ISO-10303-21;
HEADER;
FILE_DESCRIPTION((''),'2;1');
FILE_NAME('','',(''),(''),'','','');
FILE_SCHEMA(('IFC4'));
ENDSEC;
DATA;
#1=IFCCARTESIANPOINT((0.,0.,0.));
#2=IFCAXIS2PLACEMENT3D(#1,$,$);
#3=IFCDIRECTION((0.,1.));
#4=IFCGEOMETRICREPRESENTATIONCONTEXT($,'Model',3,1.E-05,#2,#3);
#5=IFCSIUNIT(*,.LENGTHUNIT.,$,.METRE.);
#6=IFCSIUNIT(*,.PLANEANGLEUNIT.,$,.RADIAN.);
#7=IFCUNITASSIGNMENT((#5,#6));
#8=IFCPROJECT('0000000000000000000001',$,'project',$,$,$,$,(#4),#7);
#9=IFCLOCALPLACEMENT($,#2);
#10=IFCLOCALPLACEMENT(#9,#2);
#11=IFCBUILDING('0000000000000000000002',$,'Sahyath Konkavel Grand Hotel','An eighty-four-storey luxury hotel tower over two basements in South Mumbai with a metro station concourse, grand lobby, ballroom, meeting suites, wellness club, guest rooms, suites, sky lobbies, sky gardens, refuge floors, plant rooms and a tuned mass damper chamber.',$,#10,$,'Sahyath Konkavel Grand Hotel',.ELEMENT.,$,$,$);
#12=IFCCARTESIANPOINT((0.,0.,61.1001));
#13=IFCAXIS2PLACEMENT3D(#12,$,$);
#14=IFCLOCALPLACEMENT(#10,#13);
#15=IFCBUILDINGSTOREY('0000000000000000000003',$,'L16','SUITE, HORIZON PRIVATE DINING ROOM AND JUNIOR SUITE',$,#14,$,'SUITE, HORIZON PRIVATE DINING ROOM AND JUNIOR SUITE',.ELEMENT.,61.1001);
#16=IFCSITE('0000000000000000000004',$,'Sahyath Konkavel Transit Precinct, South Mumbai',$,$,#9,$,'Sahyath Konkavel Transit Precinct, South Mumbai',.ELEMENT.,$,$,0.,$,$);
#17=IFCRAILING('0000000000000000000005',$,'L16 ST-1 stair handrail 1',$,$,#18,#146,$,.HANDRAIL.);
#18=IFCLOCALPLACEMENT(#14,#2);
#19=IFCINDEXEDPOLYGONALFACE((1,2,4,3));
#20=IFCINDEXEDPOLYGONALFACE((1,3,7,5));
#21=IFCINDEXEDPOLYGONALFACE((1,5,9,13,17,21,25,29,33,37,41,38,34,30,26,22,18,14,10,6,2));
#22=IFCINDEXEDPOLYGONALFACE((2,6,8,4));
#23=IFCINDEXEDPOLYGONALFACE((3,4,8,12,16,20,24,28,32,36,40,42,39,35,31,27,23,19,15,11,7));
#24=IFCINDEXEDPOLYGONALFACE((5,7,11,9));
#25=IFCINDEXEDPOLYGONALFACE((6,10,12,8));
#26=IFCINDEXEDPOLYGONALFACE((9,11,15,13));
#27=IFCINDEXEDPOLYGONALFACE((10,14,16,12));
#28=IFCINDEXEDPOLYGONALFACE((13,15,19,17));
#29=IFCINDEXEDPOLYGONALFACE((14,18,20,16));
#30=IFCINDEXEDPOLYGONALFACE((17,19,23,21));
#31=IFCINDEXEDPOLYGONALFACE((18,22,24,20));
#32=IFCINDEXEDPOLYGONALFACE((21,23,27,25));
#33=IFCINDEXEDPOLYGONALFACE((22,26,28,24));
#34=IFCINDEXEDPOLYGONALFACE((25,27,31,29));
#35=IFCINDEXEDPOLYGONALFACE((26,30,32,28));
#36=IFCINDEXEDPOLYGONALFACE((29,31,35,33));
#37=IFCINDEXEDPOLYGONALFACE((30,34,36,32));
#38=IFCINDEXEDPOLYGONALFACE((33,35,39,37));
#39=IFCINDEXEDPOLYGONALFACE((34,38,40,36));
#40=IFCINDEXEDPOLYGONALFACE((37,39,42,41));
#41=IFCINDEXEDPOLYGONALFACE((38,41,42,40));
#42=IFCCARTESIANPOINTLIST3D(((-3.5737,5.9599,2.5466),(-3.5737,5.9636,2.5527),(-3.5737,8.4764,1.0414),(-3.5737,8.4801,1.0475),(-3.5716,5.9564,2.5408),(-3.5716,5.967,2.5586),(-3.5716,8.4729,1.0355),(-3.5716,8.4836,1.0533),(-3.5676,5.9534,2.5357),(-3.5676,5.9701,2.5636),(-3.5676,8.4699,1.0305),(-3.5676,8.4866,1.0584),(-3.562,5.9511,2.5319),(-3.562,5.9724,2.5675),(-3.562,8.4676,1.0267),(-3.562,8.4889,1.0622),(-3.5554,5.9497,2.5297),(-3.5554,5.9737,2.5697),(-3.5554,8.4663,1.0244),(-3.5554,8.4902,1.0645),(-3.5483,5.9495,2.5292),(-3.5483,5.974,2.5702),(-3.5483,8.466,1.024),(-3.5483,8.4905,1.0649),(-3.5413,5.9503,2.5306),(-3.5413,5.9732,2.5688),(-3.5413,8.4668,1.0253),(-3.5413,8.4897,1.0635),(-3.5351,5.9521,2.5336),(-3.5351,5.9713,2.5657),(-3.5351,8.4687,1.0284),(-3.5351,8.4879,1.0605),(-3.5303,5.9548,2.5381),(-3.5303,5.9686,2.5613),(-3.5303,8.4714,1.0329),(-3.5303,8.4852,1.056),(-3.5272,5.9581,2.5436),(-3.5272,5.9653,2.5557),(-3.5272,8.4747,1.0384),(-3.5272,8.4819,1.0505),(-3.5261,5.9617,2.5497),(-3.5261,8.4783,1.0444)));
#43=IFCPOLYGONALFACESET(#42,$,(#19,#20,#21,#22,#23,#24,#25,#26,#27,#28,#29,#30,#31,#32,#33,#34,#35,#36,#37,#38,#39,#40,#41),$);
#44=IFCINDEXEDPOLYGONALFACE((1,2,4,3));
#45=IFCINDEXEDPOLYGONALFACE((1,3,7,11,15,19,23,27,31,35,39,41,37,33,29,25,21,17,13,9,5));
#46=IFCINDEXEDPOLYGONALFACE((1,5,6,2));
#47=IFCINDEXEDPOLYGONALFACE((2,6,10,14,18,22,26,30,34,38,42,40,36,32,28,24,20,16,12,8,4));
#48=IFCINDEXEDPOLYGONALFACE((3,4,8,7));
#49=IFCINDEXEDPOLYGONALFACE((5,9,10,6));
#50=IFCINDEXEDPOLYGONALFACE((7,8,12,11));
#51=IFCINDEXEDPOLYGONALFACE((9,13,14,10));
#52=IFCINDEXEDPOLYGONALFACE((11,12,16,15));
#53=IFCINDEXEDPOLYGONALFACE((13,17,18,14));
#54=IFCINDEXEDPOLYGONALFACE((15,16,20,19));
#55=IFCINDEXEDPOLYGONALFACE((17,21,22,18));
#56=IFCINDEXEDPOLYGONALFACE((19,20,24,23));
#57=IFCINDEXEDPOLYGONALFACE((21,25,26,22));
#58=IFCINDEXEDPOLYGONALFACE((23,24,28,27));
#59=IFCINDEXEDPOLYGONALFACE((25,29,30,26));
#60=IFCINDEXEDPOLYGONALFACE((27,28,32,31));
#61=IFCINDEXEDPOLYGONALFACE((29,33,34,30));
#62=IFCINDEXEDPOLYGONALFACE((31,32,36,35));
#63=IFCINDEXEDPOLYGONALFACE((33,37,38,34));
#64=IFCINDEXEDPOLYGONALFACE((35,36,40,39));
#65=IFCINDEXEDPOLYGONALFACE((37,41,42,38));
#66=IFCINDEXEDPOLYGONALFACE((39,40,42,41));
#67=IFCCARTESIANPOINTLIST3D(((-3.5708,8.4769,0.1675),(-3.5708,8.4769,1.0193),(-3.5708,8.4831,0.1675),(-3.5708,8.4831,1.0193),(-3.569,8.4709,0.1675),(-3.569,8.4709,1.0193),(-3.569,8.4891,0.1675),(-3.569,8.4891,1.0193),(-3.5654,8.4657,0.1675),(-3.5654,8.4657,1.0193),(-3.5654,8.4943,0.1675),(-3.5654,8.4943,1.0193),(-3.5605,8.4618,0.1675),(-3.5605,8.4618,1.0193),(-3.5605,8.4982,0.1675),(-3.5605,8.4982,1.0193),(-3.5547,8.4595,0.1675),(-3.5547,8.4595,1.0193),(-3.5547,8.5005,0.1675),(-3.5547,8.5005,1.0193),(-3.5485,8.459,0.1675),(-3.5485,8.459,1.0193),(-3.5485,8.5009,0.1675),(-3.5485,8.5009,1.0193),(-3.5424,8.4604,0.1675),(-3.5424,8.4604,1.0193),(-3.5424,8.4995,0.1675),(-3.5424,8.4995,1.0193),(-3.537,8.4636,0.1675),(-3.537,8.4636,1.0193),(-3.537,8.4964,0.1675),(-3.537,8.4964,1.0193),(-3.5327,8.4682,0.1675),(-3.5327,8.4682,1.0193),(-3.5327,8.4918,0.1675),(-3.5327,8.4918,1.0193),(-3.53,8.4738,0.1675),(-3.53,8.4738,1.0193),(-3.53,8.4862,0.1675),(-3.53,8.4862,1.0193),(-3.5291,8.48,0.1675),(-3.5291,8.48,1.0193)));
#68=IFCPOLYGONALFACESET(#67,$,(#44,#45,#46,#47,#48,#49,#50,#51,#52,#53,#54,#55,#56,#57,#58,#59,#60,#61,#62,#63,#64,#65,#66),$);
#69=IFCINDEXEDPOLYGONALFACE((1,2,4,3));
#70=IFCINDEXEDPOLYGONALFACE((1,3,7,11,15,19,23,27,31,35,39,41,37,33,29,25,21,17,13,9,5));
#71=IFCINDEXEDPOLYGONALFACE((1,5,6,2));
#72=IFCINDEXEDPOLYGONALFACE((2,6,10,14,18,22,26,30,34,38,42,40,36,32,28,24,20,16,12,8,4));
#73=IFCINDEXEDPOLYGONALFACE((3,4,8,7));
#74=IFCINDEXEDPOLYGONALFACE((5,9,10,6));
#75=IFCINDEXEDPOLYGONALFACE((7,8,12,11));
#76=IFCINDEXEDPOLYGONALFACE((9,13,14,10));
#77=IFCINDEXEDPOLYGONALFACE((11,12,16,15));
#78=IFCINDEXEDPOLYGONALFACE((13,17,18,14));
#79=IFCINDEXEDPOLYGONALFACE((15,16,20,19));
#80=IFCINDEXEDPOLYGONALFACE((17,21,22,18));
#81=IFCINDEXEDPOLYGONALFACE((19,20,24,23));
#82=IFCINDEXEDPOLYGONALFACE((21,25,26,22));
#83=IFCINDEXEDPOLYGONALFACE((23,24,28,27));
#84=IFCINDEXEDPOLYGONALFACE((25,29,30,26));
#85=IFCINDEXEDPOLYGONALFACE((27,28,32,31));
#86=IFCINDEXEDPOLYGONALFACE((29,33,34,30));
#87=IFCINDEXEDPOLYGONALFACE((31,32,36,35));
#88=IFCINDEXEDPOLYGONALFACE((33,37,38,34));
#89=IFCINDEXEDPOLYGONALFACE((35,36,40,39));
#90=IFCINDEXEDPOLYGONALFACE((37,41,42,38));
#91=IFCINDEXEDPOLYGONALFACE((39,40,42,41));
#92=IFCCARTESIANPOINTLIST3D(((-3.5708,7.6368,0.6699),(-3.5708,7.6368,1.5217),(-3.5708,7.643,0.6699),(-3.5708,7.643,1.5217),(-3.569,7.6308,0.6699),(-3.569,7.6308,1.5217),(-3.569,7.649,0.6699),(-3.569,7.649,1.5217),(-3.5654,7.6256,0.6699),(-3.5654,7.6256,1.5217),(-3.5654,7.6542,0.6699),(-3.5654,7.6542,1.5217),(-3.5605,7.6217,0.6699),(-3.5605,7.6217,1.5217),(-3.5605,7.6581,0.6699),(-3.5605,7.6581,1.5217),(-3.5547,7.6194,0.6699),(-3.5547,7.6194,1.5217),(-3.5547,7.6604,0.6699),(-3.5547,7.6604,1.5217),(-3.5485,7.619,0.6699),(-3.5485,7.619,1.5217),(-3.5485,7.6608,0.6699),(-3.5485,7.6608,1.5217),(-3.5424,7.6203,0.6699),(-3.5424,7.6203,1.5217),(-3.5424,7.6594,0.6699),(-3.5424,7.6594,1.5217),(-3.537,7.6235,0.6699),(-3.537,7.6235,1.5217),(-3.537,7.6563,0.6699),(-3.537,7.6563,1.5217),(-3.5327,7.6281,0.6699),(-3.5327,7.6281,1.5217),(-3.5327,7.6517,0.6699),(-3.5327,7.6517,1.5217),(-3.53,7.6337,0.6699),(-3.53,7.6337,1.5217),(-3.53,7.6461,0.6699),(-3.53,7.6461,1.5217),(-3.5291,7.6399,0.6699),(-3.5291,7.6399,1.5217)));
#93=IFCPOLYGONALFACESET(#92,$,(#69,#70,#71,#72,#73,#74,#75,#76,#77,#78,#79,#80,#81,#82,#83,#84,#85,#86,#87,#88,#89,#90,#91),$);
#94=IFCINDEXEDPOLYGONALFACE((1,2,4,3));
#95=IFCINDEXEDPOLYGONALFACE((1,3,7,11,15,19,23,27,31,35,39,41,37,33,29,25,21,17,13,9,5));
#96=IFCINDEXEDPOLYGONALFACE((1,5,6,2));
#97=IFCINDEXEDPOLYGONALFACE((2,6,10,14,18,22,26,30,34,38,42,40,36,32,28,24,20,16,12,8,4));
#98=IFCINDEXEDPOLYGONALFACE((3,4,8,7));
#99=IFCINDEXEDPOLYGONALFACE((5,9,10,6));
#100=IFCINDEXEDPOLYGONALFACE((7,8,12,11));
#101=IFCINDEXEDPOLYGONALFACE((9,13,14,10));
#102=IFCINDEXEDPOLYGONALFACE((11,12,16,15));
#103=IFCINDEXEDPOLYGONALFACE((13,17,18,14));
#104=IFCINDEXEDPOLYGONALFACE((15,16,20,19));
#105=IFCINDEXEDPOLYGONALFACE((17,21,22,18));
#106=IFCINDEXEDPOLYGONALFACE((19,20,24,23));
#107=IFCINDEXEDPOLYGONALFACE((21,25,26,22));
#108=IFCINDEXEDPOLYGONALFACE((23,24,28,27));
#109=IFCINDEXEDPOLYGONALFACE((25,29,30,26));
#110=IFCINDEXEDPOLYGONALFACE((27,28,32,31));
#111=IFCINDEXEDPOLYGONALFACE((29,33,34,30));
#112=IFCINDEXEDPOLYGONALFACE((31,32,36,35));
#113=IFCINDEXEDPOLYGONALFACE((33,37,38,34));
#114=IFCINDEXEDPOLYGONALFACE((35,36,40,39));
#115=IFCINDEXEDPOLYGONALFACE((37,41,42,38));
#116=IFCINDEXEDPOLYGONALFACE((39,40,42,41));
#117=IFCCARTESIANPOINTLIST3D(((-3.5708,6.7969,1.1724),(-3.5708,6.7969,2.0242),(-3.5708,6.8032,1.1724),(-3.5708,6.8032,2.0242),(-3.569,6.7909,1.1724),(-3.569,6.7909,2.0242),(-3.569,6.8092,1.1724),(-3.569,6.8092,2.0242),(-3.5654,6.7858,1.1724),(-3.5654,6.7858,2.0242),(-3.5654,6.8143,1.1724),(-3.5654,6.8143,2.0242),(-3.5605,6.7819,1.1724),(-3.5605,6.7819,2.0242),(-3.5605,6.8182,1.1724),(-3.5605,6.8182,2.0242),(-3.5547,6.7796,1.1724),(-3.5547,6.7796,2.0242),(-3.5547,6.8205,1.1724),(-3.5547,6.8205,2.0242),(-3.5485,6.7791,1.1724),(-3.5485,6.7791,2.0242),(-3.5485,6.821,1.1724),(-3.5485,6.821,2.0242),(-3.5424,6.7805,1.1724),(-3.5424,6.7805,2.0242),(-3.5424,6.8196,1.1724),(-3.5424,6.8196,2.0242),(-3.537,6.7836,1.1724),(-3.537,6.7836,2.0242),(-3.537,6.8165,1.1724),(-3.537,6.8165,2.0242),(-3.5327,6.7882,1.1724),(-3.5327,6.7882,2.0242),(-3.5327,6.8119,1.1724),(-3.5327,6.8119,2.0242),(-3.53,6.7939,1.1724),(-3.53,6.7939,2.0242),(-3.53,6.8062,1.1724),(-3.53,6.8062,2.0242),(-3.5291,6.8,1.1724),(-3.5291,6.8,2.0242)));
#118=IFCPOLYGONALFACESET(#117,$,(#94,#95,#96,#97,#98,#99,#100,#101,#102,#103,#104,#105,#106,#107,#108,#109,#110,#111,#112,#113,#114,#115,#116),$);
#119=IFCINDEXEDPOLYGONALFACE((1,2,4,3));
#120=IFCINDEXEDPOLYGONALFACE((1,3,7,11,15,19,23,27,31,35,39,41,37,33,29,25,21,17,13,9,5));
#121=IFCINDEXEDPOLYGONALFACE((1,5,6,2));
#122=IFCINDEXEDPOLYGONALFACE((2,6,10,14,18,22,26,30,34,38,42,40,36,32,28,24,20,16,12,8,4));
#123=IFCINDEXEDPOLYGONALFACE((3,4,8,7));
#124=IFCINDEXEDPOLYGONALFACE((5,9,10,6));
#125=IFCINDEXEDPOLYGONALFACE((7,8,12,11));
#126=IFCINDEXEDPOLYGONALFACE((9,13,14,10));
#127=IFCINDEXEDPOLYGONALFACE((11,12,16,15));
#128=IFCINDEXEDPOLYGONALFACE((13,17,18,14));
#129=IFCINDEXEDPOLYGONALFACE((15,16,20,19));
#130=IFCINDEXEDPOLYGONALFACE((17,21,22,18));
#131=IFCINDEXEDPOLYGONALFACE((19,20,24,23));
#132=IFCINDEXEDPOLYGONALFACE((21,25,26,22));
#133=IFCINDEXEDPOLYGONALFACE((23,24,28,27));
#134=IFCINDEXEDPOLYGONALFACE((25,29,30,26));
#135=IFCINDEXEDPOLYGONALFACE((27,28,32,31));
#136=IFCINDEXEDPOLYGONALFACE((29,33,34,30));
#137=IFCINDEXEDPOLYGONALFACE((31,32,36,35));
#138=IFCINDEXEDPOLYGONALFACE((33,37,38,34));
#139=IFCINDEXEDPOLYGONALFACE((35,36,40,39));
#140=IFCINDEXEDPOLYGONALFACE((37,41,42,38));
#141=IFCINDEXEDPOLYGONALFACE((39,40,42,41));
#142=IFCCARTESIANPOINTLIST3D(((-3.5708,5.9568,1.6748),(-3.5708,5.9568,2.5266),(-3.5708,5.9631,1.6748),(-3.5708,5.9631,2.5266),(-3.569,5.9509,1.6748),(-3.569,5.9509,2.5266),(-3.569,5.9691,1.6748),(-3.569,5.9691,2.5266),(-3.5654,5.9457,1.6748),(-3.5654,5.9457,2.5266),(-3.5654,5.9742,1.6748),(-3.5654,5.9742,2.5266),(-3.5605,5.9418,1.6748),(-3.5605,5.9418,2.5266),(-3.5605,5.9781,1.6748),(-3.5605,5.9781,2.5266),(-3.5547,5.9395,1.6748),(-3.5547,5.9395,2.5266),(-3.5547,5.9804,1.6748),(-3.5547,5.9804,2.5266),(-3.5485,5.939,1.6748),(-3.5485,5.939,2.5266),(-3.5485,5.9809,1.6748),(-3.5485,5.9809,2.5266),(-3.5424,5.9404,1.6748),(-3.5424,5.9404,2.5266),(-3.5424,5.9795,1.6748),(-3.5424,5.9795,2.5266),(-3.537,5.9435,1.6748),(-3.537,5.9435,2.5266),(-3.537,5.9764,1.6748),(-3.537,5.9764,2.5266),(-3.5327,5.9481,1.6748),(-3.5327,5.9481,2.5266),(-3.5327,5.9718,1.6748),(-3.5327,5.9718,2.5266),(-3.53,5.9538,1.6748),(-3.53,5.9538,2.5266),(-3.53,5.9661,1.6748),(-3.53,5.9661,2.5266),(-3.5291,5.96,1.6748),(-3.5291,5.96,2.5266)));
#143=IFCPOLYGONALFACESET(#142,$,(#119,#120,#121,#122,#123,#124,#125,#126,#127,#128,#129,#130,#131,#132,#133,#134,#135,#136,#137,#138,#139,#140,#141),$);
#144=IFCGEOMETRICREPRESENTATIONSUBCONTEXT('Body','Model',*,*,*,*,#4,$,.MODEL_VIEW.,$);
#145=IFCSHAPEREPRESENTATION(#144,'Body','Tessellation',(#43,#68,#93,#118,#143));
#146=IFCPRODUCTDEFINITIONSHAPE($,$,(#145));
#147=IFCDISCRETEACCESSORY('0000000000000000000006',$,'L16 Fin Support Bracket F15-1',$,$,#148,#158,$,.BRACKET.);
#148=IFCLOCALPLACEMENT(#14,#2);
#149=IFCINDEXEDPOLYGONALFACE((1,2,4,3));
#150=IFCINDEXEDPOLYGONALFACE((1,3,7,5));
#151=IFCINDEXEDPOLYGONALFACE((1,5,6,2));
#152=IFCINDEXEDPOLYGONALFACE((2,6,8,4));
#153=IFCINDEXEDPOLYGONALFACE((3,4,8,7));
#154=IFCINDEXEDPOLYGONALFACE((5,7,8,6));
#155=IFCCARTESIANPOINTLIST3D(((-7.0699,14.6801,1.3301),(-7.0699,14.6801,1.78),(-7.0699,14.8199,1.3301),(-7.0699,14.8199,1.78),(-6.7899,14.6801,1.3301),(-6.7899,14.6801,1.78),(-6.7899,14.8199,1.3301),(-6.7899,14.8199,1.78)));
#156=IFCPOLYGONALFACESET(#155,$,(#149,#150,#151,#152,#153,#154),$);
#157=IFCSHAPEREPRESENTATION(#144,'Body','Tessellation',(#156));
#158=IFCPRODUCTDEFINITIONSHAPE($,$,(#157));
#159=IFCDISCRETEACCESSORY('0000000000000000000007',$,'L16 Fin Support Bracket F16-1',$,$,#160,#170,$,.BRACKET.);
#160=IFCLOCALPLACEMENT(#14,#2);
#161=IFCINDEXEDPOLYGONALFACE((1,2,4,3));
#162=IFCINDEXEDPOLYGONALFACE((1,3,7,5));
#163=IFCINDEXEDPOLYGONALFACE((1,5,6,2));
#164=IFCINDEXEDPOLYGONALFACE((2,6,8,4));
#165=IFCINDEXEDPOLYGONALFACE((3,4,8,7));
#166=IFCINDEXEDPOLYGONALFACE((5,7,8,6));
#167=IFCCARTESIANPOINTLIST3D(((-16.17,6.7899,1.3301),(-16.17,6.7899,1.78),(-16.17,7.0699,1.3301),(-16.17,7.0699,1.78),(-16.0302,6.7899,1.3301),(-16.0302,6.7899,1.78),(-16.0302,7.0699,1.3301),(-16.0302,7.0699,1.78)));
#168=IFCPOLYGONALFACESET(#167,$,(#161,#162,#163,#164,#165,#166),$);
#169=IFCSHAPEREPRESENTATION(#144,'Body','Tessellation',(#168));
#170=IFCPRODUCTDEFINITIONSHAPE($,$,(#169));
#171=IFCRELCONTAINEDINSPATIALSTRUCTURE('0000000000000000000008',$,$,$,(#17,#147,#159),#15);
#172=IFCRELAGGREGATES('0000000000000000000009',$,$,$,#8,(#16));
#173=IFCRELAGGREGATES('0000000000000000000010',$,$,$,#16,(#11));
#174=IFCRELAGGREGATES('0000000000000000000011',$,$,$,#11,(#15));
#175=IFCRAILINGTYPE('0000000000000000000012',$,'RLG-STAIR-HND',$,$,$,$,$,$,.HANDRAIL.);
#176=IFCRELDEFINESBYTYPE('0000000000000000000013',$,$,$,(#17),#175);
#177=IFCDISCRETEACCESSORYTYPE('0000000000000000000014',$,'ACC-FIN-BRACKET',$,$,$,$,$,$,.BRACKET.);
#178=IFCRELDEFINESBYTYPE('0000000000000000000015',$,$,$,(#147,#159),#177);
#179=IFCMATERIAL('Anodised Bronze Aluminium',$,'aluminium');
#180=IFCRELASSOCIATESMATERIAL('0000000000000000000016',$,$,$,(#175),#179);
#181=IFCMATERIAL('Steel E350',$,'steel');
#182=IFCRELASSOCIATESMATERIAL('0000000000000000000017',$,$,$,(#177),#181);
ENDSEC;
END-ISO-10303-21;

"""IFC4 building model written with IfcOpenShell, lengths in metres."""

from ifc_helpers import new_model, si_unit, direction, frame, origin, origin_2d, place, context, subcontext, project, spatial, rectangle, circle, extrude, source, transform, mapped, material, type_object, element, save


model = new_model("IFC4")

# Units and contexts
model_context = context("Model", 3, precision=1e-05, world=origin(), true_north=direction((0.0, 1.0)))
body_context = subcontext(model_context, "Body", "Model", "MODEL_VIEW")
ifc_project = project(units=[si_unit("LENGTHUNIT", "METRE"), si_unit("PLANEANGLEUNIT", "RADIAN")], contexts=[model_context])

# Site, building, storey
site_placement = place(None, origin())
site = spatial("IfcSite", under=ifc_project, at=site_placement, Name="Sahyath Konkavel Transit Precinct, South Mumbai", LongName="Sahyath Konkavel Transit Precinct, South Mumbai", CompositionType="ELEMENT", RefElevation=0.0)
building_placement = place(site_placement, origin())
building = spatial("IfcBuilding", under=site, at=building_placement, Name="Sahyath Konkavel Grand Hotel", Description="An eighty-four-storey luxury hotel tower over two basements in South Mumbai with a metro station concourse, grand lobby, ballroom, meeting suites, wellness club, guest rooms, suites, sky lobbies, sky gardens, refuge floors, plant rooms and a tuned mass damper chamber.", LongName="Sahyath Konkavel Grand Hotel", CompositionType="ELEMENT")
storey_placement = place(building_placement, frame((0.0, 0.0, 61.1001)))
storey = spatial("IfcBuildingStorey", under=building, at=storey_placement, Name="L16", Description="SUITE, HORIZON PRIVATE DINING ROOM AND JUNIOR SUITE", LongName="SUITE, HORIZON PRIVATE DINING ROOM AND JUNIOR SUITE", CompositionType="ELEMENT", Elevation=61.1001)

# Shared definitions
ifc_material_1 = material(Name="Steel E350", Category="steel")

# Shared definitions
ifc_material_2 = material(Name="Anodised Bronze Aluminium", Category="aluminium")

# Railing
railing_type_1 = type_object("IfcRailingType", Name="RLG-STAIR-HND", PredefinedType="HANDRAIL", material=ifc_material_2)
railing_1_placement = place(storey_placement, frame((-3.55, 8.48, 0.1675)))
element("IfcRailing", 1, at=railing_1_placement, inside=storey, type_object=railing_type_1, Name="L16 ST-1 stair handrail 1", PredefinedType="HANDRAIL", context=body_context, shape_type="SweptSolid", body=[
    extrude(circle(Radius=0.0239, at=origin_2d()), frame((0.0, -0.0017, 0.877), z_axis=(0.0, -0.858196, 0.513321), x_axis=(1.0, 0.0, 0.0)), (0.0, 0.0, 1.0), 2.9324),
    extrude(circle(Radius=0.021, at=origin_2d()), origin(), (0.0, 0.0, 1.0), 0.8518),
    extrude(circle(Radius=0.021, at=origin_2d()), frame((0.0, -0.8401, 0.5024)), (0.0, 0.0, 1.0), 0.8518),
    extrude(circle(Radius=0.021, at=origin_2d()), frame((0.0, -1.6799, 1.0049)), (0.0, 0.0, 1.0), 0.8518),
    extrude(circle(Radius=0.021, at=origin_2d()), frame((0.0, -2.52, 1.5073)), (0.0, 0.0, 1.0), 0.8518),
])

# Discrete accessories
discrete_accessory_type = type_object("IfcDiscreteAccessoryType", Name="ACC-FIN-BRACKET", PredefinedType="BRACKET", material=ifc_material_1)
shared_shape_1 = source(origin(), body_context, "Body", "SweptSolid", [
    extrude(rectangle(XDim=0.28, YDim=0.1399, at=origin_2d()), origin(), (0.0, 0.0, 1.0), 0.45),
])
for number, where, z_axis, x_axis, name in (
    (2, (-6.9299, 14.75, 1.3301), (0.0, 0.0, 1.0), (-1.0, 0.0, 0.0), "L16 Fin Support Bracket F15-1"),
    (3, (-16.1001, 6.9299, 1.3301), (0.0, 0.0, 1.0), (0.0, 1.0, 0.0), "L16 Fin Support Bracket F16-1"),
):
    element("IfcDiscreteAccessory", number, at=place(storey_placement, frame(where, z_axis=z_axis, x_axis=x_axis)), inside=storey, type_object=discrete_accessory_type, Name=name, PredefinedType="BRACKET", context=body_context, shape_type="MappedRepresentation", body=[
        mapped(shared_shape_1, transform((0.0, 0.0, 0.0), scale=1.0)),
    ])

save(model, "model.ifc")
